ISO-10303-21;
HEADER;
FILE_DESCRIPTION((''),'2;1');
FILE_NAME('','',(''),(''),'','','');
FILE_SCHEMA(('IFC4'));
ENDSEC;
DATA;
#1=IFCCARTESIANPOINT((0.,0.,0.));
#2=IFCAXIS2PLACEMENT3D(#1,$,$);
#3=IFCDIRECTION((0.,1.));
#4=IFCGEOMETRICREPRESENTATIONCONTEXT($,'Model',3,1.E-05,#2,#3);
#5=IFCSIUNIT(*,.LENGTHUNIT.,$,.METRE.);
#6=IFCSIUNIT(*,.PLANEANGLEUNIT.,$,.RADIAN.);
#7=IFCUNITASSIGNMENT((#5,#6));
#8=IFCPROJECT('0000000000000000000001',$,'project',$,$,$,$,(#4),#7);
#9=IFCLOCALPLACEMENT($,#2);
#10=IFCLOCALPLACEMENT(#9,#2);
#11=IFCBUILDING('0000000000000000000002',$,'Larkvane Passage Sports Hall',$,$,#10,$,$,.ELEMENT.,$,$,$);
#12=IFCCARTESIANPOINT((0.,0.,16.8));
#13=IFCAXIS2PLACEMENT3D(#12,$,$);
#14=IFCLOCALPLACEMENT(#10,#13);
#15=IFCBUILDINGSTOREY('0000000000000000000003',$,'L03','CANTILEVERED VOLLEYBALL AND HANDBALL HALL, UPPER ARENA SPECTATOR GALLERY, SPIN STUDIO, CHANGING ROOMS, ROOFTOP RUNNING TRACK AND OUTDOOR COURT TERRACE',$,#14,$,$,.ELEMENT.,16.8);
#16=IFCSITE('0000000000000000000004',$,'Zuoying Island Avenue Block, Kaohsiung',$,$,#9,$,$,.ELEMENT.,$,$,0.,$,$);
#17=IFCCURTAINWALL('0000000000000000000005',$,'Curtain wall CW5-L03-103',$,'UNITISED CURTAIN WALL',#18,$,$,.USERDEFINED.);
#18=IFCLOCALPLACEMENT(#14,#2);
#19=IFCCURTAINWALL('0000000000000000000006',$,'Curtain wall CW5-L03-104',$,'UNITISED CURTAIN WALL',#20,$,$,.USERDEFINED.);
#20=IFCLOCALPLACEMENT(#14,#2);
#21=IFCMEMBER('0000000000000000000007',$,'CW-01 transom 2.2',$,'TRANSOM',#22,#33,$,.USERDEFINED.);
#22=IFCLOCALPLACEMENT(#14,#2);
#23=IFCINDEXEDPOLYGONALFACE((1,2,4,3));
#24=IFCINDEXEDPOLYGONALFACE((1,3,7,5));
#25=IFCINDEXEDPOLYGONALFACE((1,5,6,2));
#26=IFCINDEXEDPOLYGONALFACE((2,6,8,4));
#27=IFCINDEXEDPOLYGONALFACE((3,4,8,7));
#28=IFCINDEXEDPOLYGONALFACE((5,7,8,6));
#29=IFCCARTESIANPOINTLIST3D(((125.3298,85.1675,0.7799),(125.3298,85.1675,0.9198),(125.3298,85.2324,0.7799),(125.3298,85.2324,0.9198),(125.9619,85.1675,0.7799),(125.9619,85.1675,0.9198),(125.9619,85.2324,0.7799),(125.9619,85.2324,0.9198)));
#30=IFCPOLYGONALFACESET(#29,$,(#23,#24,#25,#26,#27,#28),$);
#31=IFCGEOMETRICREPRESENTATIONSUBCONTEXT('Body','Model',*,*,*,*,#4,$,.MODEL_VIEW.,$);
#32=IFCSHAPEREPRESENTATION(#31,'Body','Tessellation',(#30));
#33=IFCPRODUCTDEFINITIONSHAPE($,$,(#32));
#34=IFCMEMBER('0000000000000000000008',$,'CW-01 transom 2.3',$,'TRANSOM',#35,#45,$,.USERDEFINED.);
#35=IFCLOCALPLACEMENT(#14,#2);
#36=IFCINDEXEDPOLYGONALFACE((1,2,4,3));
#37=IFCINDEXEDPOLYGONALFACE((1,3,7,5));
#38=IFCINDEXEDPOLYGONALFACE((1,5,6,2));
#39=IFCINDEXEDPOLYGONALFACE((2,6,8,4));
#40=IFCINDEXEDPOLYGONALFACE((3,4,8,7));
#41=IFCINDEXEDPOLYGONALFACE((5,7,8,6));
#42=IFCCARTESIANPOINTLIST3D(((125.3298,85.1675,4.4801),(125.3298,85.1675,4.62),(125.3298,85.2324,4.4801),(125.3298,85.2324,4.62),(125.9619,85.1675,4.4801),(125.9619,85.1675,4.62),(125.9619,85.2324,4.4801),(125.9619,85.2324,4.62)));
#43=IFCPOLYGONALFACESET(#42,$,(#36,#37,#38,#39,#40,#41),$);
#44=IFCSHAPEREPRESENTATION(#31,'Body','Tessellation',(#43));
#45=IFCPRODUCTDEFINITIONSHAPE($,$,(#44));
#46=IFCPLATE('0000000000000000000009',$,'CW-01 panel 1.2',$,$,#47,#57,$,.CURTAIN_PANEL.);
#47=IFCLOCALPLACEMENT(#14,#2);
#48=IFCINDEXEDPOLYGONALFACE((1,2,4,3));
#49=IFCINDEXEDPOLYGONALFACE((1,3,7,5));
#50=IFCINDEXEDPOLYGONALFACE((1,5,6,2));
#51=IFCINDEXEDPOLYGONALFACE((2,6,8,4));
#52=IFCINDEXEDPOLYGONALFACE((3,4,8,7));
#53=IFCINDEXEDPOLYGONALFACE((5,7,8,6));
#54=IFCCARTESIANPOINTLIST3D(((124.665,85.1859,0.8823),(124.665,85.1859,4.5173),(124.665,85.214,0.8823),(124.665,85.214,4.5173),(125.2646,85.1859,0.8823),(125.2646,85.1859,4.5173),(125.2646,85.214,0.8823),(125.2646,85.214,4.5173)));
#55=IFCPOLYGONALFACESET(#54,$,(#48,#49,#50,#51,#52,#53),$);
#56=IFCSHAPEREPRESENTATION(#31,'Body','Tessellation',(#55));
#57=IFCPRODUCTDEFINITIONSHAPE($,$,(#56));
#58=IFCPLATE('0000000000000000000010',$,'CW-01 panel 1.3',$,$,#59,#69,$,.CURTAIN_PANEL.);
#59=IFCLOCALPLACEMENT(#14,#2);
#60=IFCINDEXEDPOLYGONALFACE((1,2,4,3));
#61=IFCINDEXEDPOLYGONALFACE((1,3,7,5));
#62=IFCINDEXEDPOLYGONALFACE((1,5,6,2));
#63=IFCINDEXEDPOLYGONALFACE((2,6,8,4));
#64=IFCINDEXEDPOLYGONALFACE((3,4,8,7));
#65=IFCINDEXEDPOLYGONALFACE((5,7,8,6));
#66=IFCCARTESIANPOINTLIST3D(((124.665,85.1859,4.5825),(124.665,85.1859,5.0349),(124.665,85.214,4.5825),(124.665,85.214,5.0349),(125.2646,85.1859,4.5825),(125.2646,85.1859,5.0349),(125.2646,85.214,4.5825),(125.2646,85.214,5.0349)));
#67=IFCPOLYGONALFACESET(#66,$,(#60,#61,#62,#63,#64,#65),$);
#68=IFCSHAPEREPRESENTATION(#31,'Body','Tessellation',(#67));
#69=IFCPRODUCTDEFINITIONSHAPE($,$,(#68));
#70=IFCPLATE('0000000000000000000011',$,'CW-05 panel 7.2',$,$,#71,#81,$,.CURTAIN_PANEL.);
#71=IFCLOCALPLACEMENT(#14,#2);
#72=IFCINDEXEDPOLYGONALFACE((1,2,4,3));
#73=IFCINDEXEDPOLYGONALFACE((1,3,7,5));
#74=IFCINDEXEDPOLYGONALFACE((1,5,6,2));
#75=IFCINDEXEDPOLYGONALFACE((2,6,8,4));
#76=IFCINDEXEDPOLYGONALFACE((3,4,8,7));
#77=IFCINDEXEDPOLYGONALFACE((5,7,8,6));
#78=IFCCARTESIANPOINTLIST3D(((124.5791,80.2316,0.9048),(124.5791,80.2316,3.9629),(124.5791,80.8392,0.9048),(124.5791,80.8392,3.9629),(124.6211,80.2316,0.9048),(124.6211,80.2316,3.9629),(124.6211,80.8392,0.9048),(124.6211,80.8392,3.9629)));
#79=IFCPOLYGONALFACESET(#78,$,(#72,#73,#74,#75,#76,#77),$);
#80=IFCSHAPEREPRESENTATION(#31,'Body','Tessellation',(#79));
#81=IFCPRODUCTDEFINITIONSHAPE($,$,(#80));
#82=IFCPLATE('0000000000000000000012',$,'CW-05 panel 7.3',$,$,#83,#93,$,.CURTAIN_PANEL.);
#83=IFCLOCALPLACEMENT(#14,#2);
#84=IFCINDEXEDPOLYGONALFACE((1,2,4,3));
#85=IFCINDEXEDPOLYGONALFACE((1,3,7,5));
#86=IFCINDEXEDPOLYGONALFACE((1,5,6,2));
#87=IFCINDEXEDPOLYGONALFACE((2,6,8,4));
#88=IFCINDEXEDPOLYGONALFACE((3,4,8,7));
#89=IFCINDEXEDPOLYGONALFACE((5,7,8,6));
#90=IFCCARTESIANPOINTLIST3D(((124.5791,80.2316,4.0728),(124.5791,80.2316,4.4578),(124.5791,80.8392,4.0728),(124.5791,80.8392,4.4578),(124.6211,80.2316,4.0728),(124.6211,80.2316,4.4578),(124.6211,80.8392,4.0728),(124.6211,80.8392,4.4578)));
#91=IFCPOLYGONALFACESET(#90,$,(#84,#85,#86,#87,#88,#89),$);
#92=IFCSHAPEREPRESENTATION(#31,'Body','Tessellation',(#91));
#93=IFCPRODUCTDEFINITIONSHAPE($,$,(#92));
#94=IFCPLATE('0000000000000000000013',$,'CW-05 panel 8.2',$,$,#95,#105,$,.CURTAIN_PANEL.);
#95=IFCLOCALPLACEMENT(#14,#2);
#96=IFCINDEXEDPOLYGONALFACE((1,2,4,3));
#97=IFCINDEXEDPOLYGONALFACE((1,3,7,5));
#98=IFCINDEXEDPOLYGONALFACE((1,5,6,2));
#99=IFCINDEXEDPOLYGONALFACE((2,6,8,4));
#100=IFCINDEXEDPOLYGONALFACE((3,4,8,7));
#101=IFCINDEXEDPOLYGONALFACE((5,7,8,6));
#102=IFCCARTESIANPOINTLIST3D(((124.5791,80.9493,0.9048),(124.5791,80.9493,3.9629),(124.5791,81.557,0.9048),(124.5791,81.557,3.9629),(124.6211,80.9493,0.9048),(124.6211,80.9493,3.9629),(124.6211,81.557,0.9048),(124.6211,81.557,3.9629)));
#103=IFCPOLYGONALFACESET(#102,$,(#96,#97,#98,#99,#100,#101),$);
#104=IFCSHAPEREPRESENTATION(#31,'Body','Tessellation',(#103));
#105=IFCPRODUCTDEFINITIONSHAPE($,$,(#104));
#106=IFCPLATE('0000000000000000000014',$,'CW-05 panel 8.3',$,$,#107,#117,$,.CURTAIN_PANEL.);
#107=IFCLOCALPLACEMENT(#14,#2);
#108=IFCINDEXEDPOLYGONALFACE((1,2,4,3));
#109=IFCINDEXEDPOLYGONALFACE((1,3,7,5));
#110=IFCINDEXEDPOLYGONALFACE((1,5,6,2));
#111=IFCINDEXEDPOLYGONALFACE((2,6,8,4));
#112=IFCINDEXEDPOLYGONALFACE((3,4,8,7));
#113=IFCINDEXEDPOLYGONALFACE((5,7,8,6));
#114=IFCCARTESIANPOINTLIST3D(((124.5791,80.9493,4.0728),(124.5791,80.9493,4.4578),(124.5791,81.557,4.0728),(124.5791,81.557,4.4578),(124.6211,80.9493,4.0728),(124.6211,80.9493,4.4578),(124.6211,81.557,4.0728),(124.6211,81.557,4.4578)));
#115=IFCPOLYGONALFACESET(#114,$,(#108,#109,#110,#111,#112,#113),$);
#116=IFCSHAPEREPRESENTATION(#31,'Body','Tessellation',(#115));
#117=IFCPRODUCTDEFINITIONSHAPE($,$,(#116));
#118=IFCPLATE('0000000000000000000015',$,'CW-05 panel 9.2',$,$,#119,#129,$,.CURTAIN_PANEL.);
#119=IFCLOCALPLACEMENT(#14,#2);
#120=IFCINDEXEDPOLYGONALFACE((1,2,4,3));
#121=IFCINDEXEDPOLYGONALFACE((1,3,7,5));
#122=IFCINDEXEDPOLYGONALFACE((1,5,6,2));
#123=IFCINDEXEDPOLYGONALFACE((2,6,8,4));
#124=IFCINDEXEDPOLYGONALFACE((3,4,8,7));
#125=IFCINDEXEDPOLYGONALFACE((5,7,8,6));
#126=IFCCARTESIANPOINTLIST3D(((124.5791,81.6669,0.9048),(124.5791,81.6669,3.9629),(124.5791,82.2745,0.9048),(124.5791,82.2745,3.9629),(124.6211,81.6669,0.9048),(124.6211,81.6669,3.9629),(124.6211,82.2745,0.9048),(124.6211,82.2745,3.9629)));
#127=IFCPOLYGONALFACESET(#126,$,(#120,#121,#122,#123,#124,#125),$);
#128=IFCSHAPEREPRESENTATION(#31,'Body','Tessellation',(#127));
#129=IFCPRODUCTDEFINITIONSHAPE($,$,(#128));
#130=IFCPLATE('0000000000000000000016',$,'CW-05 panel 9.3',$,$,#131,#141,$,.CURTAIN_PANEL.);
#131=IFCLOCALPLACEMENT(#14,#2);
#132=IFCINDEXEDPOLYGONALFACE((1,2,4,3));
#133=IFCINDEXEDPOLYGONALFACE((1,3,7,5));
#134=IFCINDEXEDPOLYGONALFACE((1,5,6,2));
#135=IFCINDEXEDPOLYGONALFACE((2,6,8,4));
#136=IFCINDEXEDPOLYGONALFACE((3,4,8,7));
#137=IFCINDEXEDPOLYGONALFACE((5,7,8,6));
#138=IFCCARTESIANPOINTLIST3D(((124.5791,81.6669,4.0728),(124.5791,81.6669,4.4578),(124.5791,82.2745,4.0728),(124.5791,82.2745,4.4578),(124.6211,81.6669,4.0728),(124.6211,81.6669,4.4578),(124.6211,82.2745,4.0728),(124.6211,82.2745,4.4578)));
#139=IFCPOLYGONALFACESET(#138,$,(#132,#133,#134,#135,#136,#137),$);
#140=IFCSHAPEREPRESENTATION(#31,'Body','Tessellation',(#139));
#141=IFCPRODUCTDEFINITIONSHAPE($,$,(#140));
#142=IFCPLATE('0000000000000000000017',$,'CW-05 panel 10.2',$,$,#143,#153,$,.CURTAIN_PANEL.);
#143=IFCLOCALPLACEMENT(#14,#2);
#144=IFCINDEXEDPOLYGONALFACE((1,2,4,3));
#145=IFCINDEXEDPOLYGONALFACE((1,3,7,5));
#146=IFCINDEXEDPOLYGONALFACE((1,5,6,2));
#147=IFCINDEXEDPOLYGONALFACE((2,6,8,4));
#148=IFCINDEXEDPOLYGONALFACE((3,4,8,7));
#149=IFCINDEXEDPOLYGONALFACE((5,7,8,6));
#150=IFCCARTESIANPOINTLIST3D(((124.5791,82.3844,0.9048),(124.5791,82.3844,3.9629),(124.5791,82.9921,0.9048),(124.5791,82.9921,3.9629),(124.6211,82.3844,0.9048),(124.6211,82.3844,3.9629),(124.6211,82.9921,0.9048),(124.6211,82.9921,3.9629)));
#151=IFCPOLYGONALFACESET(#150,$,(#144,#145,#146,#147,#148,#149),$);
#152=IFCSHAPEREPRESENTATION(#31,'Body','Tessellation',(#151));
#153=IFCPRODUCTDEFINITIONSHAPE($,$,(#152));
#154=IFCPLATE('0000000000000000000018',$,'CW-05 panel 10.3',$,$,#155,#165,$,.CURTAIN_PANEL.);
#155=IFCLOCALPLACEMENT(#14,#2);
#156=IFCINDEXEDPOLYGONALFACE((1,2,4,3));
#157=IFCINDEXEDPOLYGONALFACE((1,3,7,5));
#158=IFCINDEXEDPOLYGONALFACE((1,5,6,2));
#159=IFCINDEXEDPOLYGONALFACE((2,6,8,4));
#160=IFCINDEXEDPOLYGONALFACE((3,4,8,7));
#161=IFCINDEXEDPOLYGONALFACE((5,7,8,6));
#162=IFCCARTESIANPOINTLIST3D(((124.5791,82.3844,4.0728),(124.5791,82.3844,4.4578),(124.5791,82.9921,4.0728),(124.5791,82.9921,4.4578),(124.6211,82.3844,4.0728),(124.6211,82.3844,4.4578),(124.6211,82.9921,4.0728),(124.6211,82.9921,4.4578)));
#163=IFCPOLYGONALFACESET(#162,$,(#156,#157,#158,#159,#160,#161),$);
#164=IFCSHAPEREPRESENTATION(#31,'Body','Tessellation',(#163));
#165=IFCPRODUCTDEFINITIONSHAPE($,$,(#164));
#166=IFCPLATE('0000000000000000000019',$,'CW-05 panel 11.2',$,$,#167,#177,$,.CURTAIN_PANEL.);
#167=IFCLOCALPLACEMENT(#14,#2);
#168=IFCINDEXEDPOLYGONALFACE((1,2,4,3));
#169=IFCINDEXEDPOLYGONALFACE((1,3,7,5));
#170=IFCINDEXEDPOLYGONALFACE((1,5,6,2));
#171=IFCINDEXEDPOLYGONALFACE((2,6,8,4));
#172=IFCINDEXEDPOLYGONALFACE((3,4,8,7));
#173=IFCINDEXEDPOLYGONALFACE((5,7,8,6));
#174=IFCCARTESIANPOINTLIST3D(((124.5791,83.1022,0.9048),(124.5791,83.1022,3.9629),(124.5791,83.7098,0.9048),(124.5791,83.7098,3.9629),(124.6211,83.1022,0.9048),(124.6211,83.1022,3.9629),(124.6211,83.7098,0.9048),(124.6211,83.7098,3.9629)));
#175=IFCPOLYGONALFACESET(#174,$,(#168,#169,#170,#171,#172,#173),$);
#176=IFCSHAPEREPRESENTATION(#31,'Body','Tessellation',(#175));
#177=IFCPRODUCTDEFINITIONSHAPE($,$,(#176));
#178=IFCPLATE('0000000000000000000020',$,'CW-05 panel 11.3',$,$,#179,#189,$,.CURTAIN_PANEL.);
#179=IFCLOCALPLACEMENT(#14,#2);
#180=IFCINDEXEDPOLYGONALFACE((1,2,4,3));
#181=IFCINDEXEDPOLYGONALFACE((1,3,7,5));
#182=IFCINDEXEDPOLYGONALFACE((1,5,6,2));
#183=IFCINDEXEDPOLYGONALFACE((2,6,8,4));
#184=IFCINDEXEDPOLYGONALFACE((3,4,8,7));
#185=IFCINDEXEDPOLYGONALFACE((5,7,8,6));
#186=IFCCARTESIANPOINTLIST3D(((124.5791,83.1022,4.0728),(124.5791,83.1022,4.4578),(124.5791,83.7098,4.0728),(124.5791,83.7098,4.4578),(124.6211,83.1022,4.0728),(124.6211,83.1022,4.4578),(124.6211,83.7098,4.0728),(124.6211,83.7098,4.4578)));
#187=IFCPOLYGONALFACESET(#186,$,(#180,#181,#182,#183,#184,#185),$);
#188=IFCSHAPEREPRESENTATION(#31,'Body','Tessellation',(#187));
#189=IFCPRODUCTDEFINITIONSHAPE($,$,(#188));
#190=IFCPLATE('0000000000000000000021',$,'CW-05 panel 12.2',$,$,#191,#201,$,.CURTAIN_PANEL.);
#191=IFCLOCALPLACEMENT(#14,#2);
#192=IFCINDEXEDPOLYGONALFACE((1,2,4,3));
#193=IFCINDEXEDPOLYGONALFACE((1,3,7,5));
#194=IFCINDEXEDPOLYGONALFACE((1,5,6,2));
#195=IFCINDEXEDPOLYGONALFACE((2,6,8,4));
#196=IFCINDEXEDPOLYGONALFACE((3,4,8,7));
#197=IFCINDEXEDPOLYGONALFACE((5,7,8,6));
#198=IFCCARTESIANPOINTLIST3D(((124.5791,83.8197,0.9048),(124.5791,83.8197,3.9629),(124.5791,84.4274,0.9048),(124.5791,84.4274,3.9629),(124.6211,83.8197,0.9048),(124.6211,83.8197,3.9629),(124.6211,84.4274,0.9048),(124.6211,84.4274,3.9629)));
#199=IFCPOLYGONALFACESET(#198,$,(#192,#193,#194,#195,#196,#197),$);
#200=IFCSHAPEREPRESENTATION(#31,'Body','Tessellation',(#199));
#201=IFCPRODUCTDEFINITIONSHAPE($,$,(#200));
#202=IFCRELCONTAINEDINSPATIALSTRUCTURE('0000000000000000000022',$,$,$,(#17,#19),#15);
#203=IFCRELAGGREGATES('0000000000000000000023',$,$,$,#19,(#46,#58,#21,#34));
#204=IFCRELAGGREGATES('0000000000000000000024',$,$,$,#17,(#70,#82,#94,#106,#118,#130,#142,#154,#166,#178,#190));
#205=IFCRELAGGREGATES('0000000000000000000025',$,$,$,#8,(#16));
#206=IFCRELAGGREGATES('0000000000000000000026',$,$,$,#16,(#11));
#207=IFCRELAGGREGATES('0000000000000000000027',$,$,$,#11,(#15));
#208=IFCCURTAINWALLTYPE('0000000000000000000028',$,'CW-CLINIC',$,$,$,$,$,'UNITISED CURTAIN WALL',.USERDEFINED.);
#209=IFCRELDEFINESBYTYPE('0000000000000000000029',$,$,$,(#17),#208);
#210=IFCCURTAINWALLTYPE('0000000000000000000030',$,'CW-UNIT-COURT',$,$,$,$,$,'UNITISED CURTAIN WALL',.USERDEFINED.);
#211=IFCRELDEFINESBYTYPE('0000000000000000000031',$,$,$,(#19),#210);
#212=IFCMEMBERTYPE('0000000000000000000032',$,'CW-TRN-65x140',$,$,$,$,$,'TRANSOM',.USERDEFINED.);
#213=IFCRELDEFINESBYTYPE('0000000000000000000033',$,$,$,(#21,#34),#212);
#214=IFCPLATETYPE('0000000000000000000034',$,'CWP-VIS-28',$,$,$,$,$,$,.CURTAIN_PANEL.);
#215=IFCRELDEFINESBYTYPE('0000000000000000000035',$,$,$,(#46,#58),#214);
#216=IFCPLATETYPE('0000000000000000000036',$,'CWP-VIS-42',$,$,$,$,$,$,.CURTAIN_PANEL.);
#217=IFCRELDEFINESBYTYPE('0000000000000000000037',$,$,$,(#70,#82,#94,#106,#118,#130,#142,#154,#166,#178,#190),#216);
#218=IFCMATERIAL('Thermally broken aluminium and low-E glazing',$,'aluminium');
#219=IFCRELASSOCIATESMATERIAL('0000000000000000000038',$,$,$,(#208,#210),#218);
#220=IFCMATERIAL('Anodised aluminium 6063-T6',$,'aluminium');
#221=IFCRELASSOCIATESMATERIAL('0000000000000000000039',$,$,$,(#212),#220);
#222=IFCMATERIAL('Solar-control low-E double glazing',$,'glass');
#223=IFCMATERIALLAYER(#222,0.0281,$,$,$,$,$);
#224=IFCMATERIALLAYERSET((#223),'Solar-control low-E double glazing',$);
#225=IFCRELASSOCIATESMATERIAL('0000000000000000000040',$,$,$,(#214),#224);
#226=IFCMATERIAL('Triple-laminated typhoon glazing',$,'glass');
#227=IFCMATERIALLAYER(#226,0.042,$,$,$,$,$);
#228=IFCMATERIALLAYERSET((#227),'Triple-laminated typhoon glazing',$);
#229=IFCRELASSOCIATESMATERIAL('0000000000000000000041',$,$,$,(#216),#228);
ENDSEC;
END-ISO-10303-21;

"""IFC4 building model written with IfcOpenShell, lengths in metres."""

from ifc_helpers import new_model, si_unit, direction, frame, origin, origin_2d, place, context, subcontext, project, spatial, rectangle, extrude, material, layer, layer_set, material_profile, profile_set, type_object, element, aggregate, save


model = new_model("IFC4")

# Units and contexts
model_context = context("Model", 3, precision=1e-05, world=origin(), true_north=direction((0.0, 1.0)))
body_context = subcontext(model_context, "Body", "Model", "MODEL_VIEW")
ifc_project = project(units=[si_unit("LENGTHUNIT", "METRE"), si_unit("PLANEANGLEUNIT", "RADIAN")], contexts=[model_context])

# Site, building, storey
site_placement = place(None, origin())
site = spatial("IfcSite", under=ifc_project, at=site_placement, Name="Zuoying Island Avenue Block, Kaohsiung", CompositionType="ELEMENT", RefElevation=0.0)
building_placement = place(site_placement, origin())
building = spatial("IfcBuilding", under=site, at=building_placement, Name="Larkvane Passage Sports Hall", CompositionType="ELEMENT")
storey_placement = place(building_placement, frame((0.0, 0.0, 16.8)))
storey = spatial("IfcBuildingStorey", under=building, at=storey_placement, Name="L03", Description="CANTILEVERED VOLLEYBALL AND HANDBALL HALL, UPPER ARENA SPECTATOR GALLERY, SPIN STUDIO, CHANGING ROOMS, ROOFTOP RUNNING TRACK AND OUTDOOR COURT TERRACE", CompositionType="ELEMENT", Elevation=16.8)

# Curtain wall
ifc_material_1 = material(Name="Thermally broken aluminium and low-E glazing", Category="aluminium")
curtain_wall_type_1 = type_object("IfcCurtainWallType", Name="CW-CLINIC", ElementType="UNITISED CURTAIN WALL", PredefinedType="USERDEFINED", material=ifc_material_1)
curtain_wall_1_placement = place(storey_placement, origin())
curtain_wall_1 = element("IfcCurtainWall", 1, at=curtain_wall_1_placement, inside=storey, type_object=curtain_wall_type_1, Name="Curtain wall CW5-L03-103", ObjectType="UNITISED CURTAIN WALL", PredefinedType="USERDEFINED")
ifc_material_2 = material(Name="Anodised aluminium 6063-T6", Category="aluminium")

# Curtain wall, members, plates
curtain_wall_type_2 = type_object("IfcCurtainWallType", Name="CW-UNIT-COURT", ElementType="UNITISED CURTAIN WALL", PredefinedType="USERDEFINED", material=ifc_material_1)
curtain_wall_2_placement = place(storey_placement, origin())
curtain_wall_2 = element("IfcCurtainWall", 2, at=curtain_wall_2_placement, inside=storey, type_object=curtain_wall_type_2, Name="Curtain wall CW5-L03-104", ObjectType="UNITISED CURTAIN WALL", PredefinedType="USERDEFINED")
ifc_material_profile_1 = material_profile(ifc_material_2, rectangle(XDim=0.0649, YDim=0.1399, at=origin_2d()), Name="ALU-TRN-65x140")
ifc_profile_set_1 = profile_set([ifc_material_profile_1], Name="Anodised aluminium 6063-T6")
member_type_1 = type_object("IfcMemberType", Name="CW-TRN-65x140", ElementType="TRANSOM", PredefinedType="USERDEFINED", material=ifc_profile_set_1)
member_1_placement = place(storey_placement, frame((125.3298, 85.2, 0.8499), z_axis=(1.0, 0.0, 0.0), x_axis=(0.0, 1.0, 0.0)))
member_1 = element("IfcMember", 3, at=member_1_placement, type_object=member_type_1, Name="CW-01 transom 2.2", ObjectType="TRANSOM", PredefinedType="USERDEFINED", context=body_context, shape_type="SweptSolid", body=[
    extrude(rectangle(XDim=0.0649, YDim=0.1399, at=origin_2d()), origin(), (0.0, 0.0, 1.0), 0.6321),
])
member_2_placement = place(storey_placement, frame((125.3298, 85.2, 4.55), z_axis=(1.0, 0.0, 0.0), x_axis=(0.0, 1.0, 0.0)))
member_2 = element("IfcMember", 4, at=member_2_placement, type_object=member_type_1, Name="CW-01 transom 2.3", ObjectType="TRANSOM", PredefinedType="USERDEFINED", context=body_context, shape_type="SweptSolid", body=[
    extrude(rectangle(XDim=0.0649, YDim=0.1399, at=origin_2d()), origin(), (0.0, 0.0, 1.0), 0.6321),
])
ifc_material_3 = material(Name="Solar-control low-E double glazing", Category="glass")
ifc_layer_1 = layer(ifc_material_3, 0.0281)
ifc_layer_set_1 = layer_set([ifc_layer_1], Name="Solar-control low-E double glazing")
plate_type_1 = type_object("IfcPlateType", Name="CWP-VIS-28", PredefinedType="CURTAIN_PANEL", material=ifc_layer_set_1)
plate_1_placement = place(storey_placement, frame((124.9648, 85.2, 0.8823), z_axis=(0.0, 0.0, 1.0), x_axis=(1.0, 0.0, 0.0)))
plate_1 = element("IfcPlate", 5, at=plate_1_placement, type_object=plate_type_1, Name="CW-01 panel 1.2", PredefinedType="CURTAIN_PANEL", context=body_context, shape_type="SweptSolid", body=[
    extrude(rectangle(XDim=0.5996, YDim=0.0281, at=origin_2d()), origin(), (0.0, 0.0, 1.0), 3.635),
])
plate_2_placement = place(storey_placement, frame((124.9648, 85.2, 4.5825), z_axis=(0.0, 0.0, 1.0), x_axis=(1.0, 0.0, 0.0)))
plate_2 = element("IfcPlate", 6, at=plate_2_placement, type_object=plate_type_1, Name="CW-01 panel 1.3", PredefinedType="CURTAIN_PANEL", context=body_context, shape_type="SweptSolid", body=[
    extrude(rectangle(XDim=0.5996, YDim=0.0281, at=origin_2d()), origin(), (0.0, 0.0, 1.0), 0.4524),
])
aggregate(curtain_wall_2, [plate_1, plate_2, member_1, member_2])

# Plates
ifc_material_4 = material(Name="Triple-laminated typhoon glazing", Category="glass")
ifc_layer_2 = layer(ifc_material_4, 0.042)
ifc_layer_set_2 = layer_set([ifc_layer_2], Name="Triple-laminated typhoon glazing")
plate_type_2 = type_object("IfcPlateType", Name="CWP-VIS-42", PredefinedType="CURTAIN_PANEL", material=ifc_layer_set_2)
plate_3_placement = place(storey_placement, frame((124.6001, 80.5354, 0.9048), z_axis=(0.0, 0.0, 1.0), x_axis=(0.0, 1.0, 0.0)))
plate_3 = element("IfcPlate", 7, at=plate_3_placement, type_object=plate_type_2, Name="CW-05 panel 7.2", PredefinedType="CURTAIN_PANEL", context=body_context, shape_type="SweptSolid", body=[
    extrude(rectangle(XDim=0.6077, YDim=0.042, at=origin_2d()), origin(), (0.0, 0.0, 1.0), 3.0581),
])
plate_4_placement = place(storey_placement, frame((124.6001, 80.5354, 4.0728), z_axis=(0.0, 0.0, 1.0), x_axis=(0.0, 1.0, 0.0)))
plate_4 = element("IfcPlate", 8, at=plate_4_placement, type_object=plate_type_2, Name="CW-05 panel 7.3", PredefinedType="CURTAIN_PANEL", context=body_context, shape_type="SweptSolid", body=[
    extrude(rectangle(XDim=0.6077, YDim=0.042, at=origin_2d()), origin(), (0.0, 0.0, 1.0), 0.385),
])
plate_5_placement = place(storey_placement, frame((124.6001, 81.2532, 0.9048), z_axis=(0.0, 0.0, 1.0), x_axis=(0.0, 1.0, 0.0)))
plate_5 = element("IfcPlate", 9, at=plate_5_placement, type_object=plate_type_2, Name="CW-05 panel 8.2", PredefinedType="CURTAIN_PANEL", context=body_context, shape_type="SweptSolid", body=[
    extrude(rectangle(XDim=0.6077, YDim=0.042, at=origin_2d()), origin(), (0.0, 0.0, 1.0), 3.0581),
])
plate_6_placement = place(storey_placement, frame((124.6001, 81.2532, 4.0728), z_axis=(0.0, 0.0, 1.0), x_axis=(0.0, 1.0, 0.0)))
plate_6 = element("IfcPlate", 10, at=plate_6_placement, type_object=plate_type_2, Name="CW-05 panel 8.3", PredefinedType="CURTAIN_PANEL", context=body_context, shape_type="SweptSolid", body=[
    extrude(rectangle(XDim=0.6077, YDim=0.042, at=origin_2d()), origin(), (0.0, 0.0, 1.0), 0.385),
])
plate_7_placement = place(storey_placement, frame((124.6001, 81.9707, 0.9048), z_axis=(0.0, 0.0, 1.0), x_axis=(0.0, 1.0, 0.0)))
plate_7 = element("IfcPlate", 11, at=plate_7_placement, type_object=plate_type_2, Name="CW-05 panel 9.2", PredefinedType="CURTAIN_PANEL", context=body_context, shape_type="SweptSolid", body=[
    extrude(rectangle(XDim=0.6077, YDim=0.042, at=origin_2d()), origin(), (0.0, 0.0, 1.0), 3.0581),
])
plate_8_placement = place(storey_placement, frame((124.6001, 81.9707, 4.0728), z_axis=(0.0, 0.0, 1.0), x_axis=(0.0, 1.0, 0.0)))
plate_8 = element("IfcPlate", 12, at=plate_8_placement, type_object=plate_type_2, Name="CW-05 panel 9.3", PredefinedType="CURTAIN_PANEL", context=body_context, shape_type="SweptSolid", body=[
    extrude(rectangle(XDim=0.6077, YDim=0.042, at=origin_2d()), origin(), (0.0, 0.0, 1.0), 0.385),
])
plate_9_placement = place(storey_placement, frame((124.6001, 82.6882, 0.9048), z_axis=(0.0, 0.0, 1.0), x_axis=(0.0, 1.0, 0.0)))
plate_9 = element("IfcPlate", 13, at=plate_9_placement, type_object=plate_type_2, Name="CW-05 panel 10.2", PredefinedType="CURTAIN_PANEL", context=body_context, shape_type="SweptSolid", body=[
    extrude(rectangle(XDim=0.6077, YDim=0.042, at=origin_2d()), origin(), (0.0, 0.0, 1.0), 3.0581),
])
plate_10_placement = place(storey_placement, frame((124.6001, 82.6882, 4.0728), z_axis=(0.0, 0.0, 1.0), x_axis=(0.0, 1.0, 0.0)))
plate_10 = element("IfcPlate", 14, at=plate_10_placement, type_object=plate_type_2, Name="CW-05 panel 10.3", PredefinedType="CURTAIN_PANEL", context=body_context, shape_type="SweptSolid", body=[
    extrude(rectangle(XDim=0.6077, YDim=0.042, at=origin_2d()), origin(), (0.0, 0.0, 1.0), 0.385),
])
plate_11_placement = place(storey_placement, frame((124.6001, 83.406, 0.9048), z_axis=(0.0, 0.0, 1.0), x_axis=(0.0, 1.0, 0.0)))
plate_11 = element("IfcPlate", 15, at=plate_11_placement, type_object=plate_type_2, Name="CW-05 panel 11.2", PredefinedType="CURTAIN_PANEL", context=body_context, shape_type="SweptSolid", body=[
    extrude(rectangle(XDim=0.6077, YDim=0.042, at=origin_2d()), origin(), (0.0, 0.0, 1.0), 3.0581),
])
plate_12_placement = place(storey_placement, frame((124.6001, 83.406, 4.0728), z_axis=(0.0, 0.0, 1.0), x_axis=(0.0, 1.0, 0.0)))
plate_12 = element("IfcPlate", 16, at=plate_12_placement, type_object=plate_type_2, Name="CW-05 panel 11.3", PredefinedType="CURTAIN_PANEL", context=body_context, shape_type="SweptSolid", body=[
    extrude(rectangle(XDim=0.6077, YDim=0.042, at=origin_2d()), origin(), (0.0, 0.0, 1.0), 0.385),
])
plate_13_placement = place(storey_placement, frame((124.6001, 84.1235, 0.9048), z_axis=(0.0, 0.0, 1.0), x_axis=(0.0, 1.0, 0.0)))
plate_13 = element("IfcPlate", 17, at=plate_13_placement, type_object=plate_type_2, Name="CW-05 panel 12.2", PredefinedType="CURTAIN_PANEL", context=body_context, shape_type="SweptSolid", body=[
    extrude(rectangle(XDim=0.6077, YDim=0.042, at=origin_2d()), origin(), (0.0, 0.0, 1.0), 3.0581),
])
aggregate(curtain_wall_1, [plate_3, plate_4, plate_5, plate_6, plate_7, plate_8, plate_9, plate_10, plate_11, plate_12, plate_13])

save(model, "model.ifc")
